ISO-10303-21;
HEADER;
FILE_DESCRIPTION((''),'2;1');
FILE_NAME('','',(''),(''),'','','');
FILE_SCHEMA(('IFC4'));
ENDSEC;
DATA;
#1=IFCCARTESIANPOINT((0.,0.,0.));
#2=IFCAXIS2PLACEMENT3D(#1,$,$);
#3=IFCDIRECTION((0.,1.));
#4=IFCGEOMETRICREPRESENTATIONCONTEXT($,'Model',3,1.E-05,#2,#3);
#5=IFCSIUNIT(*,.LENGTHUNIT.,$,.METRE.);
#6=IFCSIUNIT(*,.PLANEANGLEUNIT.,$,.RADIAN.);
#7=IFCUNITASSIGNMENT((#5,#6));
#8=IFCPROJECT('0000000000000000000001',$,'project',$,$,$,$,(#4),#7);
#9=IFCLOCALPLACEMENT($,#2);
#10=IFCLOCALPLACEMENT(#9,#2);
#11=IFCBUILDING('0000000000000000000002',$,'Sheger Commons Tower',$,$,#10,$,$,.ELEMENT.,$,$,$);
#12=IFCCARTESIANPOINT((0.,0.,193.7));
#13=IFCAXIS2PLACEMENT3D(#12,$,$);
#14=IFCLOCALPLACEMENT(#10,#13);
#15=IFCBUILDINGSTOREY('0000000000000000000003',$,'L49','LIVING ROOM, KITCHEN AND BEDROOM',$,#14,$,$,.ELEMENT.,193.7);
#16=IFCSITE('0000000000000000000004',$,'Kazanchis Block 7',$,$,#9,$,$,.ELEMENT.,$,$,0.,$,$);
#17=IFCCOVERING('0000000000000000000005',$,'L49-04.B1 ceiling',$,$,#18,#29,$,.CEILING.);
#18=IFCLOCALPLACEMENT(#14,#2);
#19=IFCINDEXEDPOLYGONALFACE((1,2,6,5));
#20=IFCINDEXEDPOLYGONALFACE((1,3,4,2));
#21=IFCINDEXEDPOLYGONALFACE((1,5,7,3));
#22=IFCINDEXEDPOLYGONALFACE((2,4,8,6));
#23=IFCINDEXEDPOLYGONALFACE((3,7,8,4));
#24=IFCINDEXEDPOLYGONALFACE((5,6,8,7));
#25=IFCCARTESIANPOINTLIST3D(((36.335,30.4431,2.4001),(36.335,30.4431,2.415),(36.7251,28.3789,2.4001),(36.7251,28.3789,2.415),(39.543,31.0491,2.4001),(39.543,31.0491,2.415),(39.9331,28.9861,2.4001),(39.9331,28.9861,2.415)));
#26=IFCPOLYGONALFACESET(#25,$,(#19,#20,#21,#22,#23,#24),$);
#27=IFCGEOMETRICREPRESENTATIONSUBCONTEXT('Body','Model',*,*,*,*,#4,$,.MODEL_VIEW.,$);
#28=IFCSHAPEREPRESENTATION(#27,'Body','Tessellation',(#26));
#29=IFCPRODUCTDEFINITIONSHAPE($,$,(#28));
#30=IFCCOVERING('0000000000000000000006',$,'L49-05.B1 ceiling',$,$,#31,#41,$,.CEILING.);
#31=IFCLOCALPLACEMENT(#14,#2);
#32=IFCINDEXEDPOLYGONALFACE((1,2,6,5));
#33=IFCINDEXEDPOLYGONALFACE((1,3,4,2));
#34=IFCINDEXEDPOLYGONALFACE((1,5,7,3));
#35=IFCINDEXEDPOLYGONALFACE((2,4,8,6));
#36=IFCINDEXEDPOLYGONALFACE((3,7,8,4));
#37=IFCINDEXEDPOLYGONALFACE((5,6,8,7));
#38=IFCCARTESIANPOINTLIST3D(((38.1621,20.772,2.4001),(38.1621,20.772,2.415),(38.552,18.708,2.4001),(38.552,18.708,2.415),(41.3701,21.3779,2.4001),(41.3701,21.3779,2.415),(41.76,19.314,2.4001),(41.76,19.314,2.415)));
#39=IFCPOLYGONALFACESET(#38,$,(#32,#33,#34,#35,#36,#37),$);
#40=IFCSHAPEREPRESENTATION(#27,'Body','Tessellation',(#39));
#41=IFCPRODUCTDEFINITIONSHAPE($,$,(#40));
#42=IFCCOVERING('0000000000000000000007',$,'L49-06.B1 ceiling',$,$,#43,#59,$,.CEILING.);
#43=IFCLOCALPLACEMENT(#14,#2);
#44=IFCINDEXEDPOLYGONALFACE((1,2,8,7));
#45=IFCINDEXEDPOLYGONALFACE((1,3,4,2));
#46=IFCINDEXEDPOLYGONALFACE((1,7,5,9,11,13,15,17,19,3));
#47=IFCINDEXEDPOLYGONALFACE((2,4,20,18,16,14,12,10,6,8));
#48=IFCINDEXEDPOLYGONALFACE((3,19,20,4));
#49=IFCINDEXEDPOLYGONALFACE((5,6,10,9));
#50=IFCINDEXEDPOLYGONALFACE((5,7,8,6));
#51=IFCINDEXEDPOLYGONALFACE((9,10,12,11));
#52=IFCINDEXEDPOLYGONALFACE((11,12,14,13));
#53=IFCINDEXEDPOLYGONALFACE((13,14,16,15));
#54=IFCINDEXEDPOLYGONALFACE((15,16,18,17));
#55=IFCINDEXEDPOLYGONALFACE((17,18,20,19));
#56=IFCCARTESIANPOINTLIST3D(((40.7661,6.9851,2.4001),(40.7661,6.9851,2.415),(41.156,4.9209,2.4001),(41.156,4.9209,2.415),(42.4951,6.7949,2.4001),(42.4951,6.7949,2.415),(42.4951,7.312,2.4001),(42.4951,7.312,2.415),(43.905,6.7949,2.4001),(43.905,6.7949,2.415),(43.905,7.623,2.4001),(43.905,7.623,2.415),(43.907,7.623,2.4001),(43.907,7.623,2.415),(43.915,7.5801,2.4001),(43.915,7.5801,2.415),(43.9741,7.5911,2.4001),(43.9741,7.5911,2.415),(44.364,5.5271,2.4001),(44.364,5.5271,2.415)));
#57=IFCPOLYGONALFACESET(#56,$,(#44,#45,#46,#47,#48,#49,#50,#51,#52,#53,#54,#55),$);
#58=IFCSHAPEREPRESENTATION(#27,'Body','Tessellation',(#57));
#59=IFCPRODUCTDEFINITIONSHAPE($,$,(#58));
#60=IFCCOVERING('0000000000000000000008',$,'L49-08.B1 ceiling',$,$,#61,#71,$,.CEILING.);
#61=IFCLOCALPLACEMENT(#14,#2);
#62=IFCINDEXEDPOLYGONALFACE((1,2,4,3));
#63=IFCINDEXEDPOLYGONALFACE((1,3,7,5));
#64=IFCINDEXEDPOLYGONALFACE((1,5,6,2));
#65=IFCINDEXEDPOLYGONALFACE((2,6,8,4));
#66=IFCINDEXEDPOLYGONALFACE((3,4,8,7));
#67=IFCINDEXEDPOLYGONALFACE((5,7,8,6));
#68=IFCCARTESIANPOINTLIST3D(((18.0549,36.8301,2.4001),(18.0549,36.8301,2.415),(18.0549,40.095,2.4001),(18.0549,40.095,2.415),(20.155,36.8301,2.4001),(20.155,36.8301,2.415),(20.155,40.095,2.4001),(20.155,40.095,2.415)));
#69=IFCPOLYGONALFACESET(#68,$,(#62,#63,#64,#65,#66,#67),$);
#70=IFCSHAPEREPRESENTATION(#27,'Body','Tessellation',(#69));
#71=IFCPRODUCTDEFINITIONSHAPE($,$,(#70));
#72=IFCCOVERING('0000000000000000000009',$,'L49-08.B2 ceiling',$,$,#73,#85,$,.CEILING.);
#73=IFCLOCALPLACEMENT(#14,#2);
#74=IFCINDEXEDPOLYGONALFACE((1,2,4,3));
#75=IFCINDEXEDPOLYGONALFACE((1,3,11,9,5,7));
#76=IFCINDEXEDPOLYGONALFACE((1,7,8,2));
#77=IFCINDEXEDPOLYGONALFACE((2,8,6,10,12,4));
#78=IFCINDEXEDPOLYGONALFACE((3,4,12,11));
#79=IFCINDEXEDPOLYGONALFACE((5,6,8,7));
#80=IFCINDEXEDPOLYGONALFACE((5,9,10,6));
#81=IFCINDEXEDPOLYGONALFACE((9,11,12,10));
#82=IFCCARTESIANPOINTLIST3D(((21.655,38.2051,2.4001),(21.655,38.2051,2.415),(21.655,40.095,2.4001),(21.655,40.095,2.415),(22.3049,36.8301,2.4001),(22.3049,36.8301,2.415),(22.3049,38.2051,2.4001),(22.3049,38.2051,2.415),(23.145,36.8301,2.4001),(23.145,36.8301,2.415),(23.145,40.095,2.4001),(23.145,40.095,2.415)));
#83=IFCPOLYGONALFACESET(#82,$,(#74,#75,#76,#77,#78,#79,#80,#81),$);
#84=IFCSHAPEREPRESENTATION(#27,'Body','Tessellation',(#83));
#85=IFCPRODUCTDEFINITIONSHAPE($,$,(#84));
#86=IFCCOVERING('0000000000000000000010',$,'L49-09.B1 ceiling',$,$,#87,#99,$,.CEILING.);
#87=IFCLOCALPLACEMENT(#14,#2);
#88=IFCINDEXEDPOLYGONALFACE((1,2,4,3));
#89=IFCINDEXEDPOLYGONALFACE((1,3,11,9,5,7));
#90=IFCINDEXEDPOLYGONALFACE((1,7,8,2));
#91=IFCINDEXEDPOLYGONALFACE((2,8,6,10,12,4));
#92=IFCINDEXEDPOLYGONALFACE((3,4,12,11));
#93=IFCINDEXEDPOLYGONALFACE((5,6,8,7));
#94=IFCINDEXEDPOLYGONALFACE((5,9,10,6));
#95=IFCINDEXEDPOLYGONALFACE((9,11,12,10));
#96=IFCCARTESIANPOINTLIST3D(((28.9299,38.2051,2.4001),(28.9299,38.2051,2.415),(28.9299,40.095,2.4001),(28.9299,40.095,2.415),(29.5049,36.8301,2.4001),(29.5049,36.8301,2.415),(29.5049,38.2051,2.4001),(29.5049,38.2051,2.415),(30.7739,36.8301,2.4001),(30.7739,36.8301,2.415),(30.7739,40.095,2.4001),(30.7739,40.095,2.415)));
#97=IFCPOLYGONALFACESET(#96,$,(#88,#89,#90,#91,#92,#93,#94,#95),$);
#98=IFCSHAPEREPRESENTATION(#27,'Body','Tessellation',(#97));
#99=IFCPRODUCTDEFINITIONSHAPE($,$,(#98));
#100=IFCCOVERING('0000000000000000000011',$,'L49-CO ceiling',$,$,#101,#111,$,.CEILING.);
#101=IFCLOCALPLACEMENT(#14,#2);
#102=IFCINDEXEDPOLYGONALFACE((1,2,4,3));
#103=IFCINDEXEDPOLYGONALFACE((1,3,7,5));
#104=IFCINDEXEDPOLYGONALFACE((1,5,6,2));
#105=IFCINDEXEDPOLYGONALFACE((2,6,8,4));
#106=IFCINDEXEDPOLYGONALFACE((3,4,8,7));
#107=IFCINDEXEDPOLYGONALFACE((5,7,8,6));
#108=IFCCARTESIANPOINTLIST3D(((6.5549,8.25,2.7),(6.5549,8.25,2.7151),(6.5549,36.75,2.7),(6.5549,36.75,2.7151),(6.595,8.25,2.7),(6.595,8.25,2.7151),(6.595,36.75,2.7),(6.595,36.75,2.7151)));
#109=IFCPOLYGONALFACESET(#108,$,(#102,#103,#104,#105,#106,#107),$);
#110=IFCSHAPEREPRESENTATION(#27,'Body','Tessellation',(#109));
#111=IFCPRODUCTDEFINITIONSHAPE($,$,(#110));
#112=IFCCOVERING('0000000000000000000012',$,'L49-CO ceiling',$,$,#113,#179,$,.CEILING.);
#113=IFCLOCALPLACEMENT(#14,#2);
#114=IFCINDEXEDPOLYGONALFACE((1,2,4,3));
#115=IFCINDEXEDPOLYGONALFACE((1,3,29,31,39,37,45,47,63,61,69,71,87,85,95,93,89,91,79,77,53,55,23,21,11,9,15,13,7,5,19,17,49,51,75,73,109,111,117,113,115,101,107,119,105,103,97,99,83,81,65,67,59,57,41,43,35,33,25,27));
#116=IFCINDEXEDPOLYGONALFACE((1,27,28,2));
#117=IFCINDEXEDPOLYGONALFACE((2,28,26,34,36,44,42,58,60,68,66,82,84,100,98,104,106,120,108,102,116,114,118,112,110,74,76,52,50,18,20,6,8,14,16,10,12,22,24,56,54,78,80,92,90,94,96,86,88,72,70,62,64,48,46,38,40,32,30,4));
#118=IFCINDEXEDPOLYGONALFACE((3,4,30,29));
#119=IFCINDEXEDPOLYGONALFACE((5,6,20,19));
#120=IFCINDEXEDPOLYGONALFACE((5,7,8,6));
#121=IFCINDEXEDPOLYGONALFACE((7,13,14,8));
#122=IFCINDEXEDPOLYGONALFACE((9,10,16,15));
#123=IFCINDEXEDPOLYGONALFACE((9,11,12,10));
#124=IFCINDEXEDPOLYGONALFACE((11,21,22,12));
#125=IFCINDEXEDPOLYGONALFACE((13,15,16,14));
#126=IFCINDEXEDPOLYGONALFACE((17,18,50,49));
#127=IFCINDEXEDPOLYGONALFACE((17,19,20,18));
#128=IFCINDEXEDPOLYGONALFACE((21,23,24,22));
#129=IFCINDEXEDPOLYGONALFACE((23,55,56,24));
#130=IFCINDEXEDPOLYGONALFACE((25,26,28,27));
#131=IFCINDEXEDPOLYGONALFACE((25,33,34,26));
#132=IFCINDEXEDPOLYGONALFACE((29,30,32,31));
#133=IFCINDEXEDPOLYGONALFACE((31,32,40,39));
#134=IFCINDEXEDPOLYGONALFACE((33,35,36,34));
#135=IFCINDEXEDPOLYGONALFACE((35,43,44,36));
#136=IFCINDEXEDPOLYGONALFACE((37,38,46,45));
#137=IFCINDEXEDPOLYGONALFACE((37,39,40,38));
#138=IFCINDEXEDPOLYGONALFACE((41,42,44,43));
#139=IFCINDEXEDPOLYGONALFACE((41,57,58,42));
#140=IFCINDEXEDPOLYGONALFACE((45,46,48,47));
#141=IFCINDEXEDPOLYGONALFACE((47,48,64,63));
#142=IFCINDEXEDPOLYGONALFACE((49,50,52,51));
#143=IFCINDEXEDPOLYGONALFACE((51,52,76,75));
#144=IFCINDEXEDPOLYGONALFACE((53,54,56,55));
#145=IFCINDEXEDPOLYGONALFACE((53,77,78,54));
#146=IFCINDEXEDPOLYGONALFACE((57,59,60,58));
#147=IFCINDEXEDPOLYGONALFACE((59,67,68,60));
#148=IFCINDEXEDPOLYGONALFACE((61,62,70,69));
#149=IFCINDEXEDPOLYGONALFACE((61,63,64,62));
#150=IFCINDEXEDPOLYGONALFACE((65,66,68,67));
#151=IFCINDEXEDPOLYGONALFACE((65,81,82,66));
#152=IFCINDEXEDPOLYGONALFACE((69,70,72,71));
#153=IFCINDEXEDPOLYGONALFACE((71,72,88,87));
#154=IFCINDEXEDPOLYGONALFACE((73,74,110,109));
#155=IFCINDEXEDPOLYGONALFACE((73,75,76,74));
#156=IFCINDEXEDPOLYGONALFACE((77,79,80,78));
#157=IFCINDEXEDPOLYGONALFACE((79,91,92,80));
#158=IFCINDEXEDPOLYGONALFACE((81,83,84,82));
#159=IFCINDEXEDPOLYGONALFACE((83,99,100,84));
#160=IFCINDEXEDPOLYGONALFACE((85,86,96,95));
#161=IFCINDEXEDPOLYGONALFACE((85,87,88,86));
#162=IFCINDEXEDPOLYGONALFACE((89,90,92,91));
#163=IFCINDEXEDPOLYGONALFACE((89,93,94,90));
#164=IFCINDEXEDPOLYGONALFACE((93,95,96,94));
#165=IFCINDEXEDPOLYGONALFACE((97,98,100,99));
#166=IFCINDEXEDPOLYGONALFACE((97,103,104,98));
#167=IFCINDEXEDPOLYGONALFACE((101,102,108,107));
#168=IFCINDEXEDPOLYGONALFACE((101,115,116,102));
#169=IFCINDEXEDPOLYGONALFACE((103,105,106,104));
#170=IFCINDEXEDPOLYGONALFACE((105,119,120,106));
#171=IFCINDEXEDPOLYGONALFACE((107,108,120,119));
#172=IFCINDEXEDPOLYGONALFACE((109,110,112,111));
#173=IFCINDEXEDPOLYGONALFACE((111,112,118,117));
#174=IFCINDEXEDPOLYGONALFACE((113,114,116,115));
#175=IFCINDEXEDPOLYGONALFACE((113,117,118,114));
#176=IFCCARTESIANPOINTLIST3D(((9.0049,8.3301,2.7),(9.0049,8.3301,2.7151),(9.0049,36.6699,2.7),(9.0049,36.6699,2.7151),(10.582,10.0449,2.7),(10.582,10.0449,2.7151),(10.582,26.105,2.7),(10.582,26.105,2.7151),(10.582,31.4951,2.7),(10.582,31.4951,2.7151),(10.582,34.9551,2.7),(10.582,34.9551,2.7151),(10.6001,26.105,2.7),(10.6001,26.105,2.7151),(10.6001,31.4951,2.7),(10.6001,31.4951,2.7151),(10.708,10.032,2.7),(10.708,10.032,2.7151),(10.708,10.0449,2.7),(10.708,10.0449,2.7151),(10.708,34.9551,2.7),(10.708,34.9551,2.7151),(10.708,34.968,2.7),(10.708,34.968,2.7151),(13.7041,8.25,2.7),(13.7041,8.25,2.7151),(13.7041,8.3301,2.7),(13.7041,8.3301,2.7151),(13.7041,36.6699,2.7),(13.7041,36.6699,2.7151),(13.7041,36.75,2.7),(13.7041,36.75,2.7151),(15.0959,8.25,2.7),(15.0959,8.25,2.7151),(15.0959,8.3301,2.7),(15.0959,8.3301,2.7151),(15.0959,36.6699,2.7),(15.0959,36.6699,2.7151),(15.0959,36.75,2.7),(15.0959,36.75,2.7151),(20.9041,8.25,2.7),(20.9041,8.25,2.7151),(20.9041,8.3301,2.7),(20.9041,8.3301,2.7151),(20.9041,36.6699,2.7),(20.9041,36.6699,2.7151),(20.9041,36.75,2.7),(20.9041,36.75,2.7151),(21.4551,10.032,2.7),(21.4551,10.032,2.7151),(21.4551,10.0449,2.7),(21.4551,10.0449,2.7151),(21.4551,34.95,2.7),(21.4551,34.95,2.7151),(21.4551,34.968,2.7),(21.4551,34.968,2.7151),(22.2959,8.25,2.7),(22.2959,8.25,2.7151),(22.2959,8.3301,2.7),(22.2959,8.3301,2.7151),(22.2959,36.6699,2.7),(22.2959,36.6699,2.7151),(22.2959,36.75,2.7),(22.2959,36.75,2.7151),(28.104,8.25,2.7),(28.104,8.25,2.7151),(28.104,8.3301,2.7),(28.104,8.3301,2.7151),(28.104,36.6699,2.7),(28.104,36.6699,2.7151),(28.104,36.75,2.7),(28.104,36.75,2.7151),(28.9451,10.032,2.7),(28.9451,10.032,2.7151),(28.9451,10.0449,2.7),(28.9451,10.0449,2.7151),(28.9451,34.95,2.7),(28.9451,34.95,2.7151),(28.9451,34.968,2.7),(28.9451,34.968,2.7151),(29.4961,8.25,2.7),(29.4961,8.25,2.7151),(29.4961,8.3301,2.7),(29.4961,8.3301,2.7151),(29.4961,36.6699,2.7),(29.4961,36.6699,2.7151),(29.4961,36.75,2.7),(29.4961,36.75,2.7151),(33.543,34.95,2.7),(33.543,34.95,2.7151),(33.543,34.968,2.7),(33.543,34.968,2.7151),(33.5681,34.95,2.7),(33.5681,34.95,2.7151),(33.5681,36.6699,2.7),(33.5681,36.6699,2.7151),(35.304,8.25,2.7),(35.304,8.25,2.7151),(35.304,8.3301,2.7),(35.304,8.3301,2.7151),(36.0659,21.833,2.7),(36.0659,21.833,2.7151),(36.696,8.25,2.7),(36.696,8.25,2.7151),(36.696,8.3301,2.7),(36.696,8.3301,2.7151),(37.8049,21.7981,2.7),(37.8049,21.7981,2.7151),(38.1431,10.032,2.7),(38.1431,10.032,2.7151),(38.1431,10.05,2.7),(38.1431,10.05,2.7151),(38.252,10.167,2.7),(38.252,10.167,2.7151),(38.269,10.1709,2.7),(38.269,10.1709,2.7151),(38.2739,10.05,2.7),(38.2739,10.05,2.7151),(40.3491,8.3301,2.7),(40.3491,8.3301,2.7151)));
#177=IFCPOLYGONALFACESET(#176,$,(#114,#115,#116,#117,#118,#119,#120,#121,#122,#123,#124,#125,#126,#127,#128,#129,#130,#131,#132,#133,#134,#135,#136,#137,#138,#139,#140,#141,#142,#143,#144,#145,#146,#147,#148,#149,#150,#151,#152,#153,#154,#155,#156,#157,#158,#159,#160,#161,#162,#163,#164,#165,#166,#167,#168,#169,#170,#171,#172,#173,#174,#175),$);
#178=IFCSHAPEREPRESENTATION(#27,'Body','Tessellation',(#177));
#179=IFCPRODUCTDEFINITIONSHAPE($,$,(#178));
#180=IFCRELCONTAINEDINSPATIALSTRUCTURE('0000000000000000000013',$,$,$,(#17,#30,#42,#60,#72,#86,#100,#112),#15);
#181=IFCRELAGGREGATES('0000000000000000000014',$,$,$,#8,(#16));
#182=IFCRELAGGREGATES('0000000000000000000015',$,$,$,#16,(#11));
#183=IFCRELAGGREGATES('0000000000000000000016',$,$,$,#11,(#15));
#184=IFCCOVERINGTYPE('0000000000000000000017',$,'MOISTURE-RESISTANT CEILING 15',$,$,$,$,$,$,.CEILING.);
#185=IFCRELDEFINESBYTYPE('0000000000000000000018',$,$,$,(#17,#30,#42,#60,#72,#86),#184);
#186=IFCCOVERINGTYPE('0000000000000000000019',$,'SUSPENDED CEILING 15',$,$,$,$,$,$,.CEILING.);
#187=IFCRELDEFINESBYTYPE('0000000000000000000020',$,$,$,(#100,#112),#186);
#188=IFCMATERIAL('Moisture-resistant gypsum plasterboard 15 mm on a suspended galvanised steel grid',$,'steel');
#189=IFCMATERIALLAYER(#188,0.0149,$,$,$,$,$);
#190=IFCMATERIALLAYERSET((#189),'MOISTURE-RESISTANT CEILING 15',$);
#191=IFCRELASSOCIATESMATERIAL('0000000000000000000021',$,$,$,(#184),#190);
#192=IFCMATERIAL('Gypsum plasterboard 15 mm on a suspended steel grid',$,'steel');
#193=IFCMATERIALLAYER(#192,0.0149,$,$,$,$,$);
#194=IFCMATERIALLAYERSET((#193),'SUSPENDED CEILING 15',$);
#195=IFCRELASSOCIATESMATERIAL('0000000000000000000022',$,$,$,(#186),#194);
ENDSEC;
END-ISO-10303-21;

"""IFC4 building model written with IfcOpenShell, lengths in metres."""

from ifc_helpers import new_model, si_unit, direction, frame, origin, place, context, subcontext, project, spatial, polyline, outline, extrude, material, layer, layer_set, type_object, element, save


model = new_model("IFC4")

# Units and contexts
model_context = context("Model", 3, precision=1e-05, world=origin(), true_north=direction((0.0, 1.0)))
body_context = subcontext(model_context, "Body", "Model", "MODEL_VIEW")
ifc_project = project(units=[si_unit("LENGTHUNIT", "METRE"), si_unit("PLANEANGLEUNIT", "RADIAN")], contexts=[model_context])

# Site, building, storey
site_placement = place(None, origin())
site = spatial("IfcSite", under=ifc_project, at=site_placement, Name="Kazanchis Block 7", CompositionType="ELEMENT", RefElevation=0.0)
building_placement = place(site_placement, origin())
building = spatial("IfcBuilding", under=site, at=building_placement, Name="Sheger Commons Tower", CompositionType="ELEMENT")
storey_placement = place(building_placement, frame((0.0, 0.0, 193.7)))
storey = spatial("IfcBuildingStorey", under=building, at=storey_placement, Name="L49", Description="LIVING ROOM, KITCHEN AND BEDROOM", CompositionType="ELEMENT", Elevation=193.7)

# Coverings
ifc_material_1 = material(Name="Moisture-resistant gypsum plasterboard 15 mm on a suspended galvanised steel grid", Category="steel")
ifc_layer_1 = layer(ifc_material_1, 0.0149)
ifc_layer_set_1 = layer_set([ifc_layer_1], Name="MOISTURE-RESISTANT CEILING 15")
covering_type_1 = type_object("IfcCoveringType", Name="MOISTURE-RESISTANT CEILING 15", PredefinedType="CEILING", material=ifc_layer_set_1)
covering_1_placement = place(storey_placement, frame((0.0, 0.0, 2.4001)))
element("IfcCovering", 1, at=covering_1_placement, inside=storey, type_object=covering_type_1, Name="L49-04.B1 ceiling", PredefinedType="CEILING", context=body_context, shape_type="SweptSolid", body=[
    extrude(outline(polyline([(36.7251, 28.3789), (39.9331, 28.9861), (39.543, 31.0491), (36.335, 30.4431), (36.7251, 28.3789)])), origin(), (0.0, 0.0, 1.0), 0.0149),
])
covering_2_placement = place(storey_placement, frame((0.0, 0.0, 2.4001)))
element("IfcCovering", 2, at=covering_2_placement, inside=storey, type_object=covering_type_1, Name="L49-05.B1 ceiling", PredefinedType="CEILING", context=body_context, shape_type="SweptSolid", body=[
    extrude(outline(polyline([(38.552, 18.708), (41.76, 19.314), (41.3701, 21.3779), (38.1621, 20.772), (38.552, 18.708)])), origin(), (0.0, 0.0, 1.0), 0.0149),
])
covering_3_placement = place(storey_placement, frame((0.0, 0.0, 2.4001)))
element("IfcCovering", 3, at=covering_3_placement, inside=storey, type_object=covering_type_1, Name="L49-06.B1 ceiling", PredefinedType="CEILING", context=body_context, shape_type="SweptSolid", body=[
    extrude(outline(polyline([(41.156, 4.9209), (44.364, 5.5271), (43.9741, 7.5911), (43.915, 7.5801), (43.907, 7.623), (43.905, 7.623), (43.905, 6.7949), (42.4951, 6.7949), (42.4951, 7.312), (40.7661, 6.9851), (41.156, 4.9209)])), origin(), (0.0, 0.0, 1.0), 0.0149),
])
covering_4_placement = place(storey_placement, frame((0.0, 0.0, 2.4001)))
element("IfcCovering", 4, at=covering_4_placement, inside=storey, type_object=covering_type_1, Name="L49-08.B1 ceiling", PredefinedType="CEILING", context=body_context, shape_type="SweptSolid", body=[
    extrude(outline(polyline([(18.0549, 36.8301), (20.155, 36.8301), (20.155, 40.095), (18.0549, 40.095), (18.0549, 36.8301)])), origin(), (0.0, 0.0, 1.0), 0.0149),
])
covering_5_placement = place(storey_placement, frame((0.0, 0.0, 2.4001)))
element("IfcCovering", 5, at=covering_5_placement, inside=storey, type_object=covering_type_1, Name="L49-08.B2 ceiling", PredefinedType="CEILING", context=body_context, shape_type="SweptSolid", body=[
    extrude(outline(polyline([(22.3049, 36.8301), (23.145, 36.8301), (23.145, 40.095), (21.655, 40.095), (21.655, 38.2051), (22.3049, 38.2051), (22.3049, 36.8301)])), origin(), (0.0, 0.0, 1.0), 0.0149),
])
covering_6_placement = place(storey_placement, frame((0.0, 0.0, 2.4001)))
element("IfcCovering", 6, at=covering_6_placement, inside=storey, type_object=covering_type_1, Name="L49-09.B1 ceiling", PredefinedType="CEILING", context=body_context, shape_type="SweptSolid", body=[
    extrude(outline(polyline([(29.5049, 36.8301), (30.7739, 36.8301), (30.7739, 40.095), (28.9299, 40.095), (28.9299, 38.2051), (29.5049, 38.2051), (29.5049, 36.8301)])), origin(), (0.0, 0.0, 1.0), 0.0149),
])
ifc_material_2 = material(Name="Gypsum plasterboard 15 mm on a suspended steel grid", Category="steel")
ifc_layer_2 = layer(ifc_material_2, 0.0149)
ifc_layer_set_2 = layer_set([ifc_layer_2], Name="SUSPENDED CEILING 15")
covering_type_2 = type_object("IfcCoveringType", Name="SUSPENDED CEILING 15", PredefinedType="CEILING", material=ifc_layer_set_2)
covering_7_placement = place(storey_placement, frame((0.0, 0.0, 2.7)))
element("IfcCovering", 7, at=covering_7_placement, inside=storey, type_object=covering_type_2, Name="L49-CO ceiling", PredefinedType="CEILING", context=body_context, shape_type="SweptSolid", body=[
    extrude(outline(polyline([(6.5549, 8.25), (6.595, 8.25), (6.595, 36.75), (6.5549, 36.75), (6.5549, 8.25)])), origin(), (0.0, 0.0, 1.0), 0.0151),
])
covering_8_placement = place(storey_placement, frame((0.0, 0.0, 2.7)))
element("IfcCovering", 8, at=covering_8_placement, inside=storey, type_object=covering_type_2, Name="L49-CO ceiling", PredefinedType="CEILING", context=body_context, shape_type="SweptSolid", body=[
    extrude(outline(polyline([(13.7041, 8.25), (15.0959, 8.25), (15.0959, 8.3301), (20.9041, 8.3301), (20.9041, 8.25), (22.2959, 8.25), (22.2959, 8.3301), (28.104, 8.3301), (28.104, 8.25), (29.4961, 8.25), (29.4961, 8.3301), (35.304, 8.3301), (35.304, 8.25), (36.696, 8.25), (36.696, 8.3301), (40.3491, 8.3301), (37.8049, 21.7981), (36.0659, 21.833), (38.269, 10.1709), (38.252, 10.167), (38.2739, 10.05), (38.1431, 10.05), (38.1431, 10.032), (28.9451, 10.032), (28.9451, 10.0449), (21.4551, 10.0449), (21.4551, 10.032), (10.708, 10.032), (10.708, 10.0449), (10.582, 10.0449), (10.582, 26.105), (10.6001, 26.105), (10.6001, 31.4951), (10.582, 31.4951), (10.582, 34.9551), (10.708, 34.9551), (10.708, 34.968), (21.4551, 34.968), (21.4551, 34.95), (28.9451, 34.95), (28.9451, 34.968), (33.543, 34.968), (33.543, 34.95), (33.5681, 34.95), (33.5681, 36.6699), (29.4961, 36.6699), (29.4961, 36.75), (28.104, 36.75), (28.104, 36.6699), (22.2959, 36.6699), (22.2959, 36.75), (20.9041, 36.75), (20.9041, 36.6699), (15.0959, 36.6699), (15.0959, 36.75), (13.7041, 36.75), (13.7041, 36.6699), (9.0049, 36.6699), (9.0049, 8.3301), (13.7041, 8.3301), (13.7041, 8.25)])), origin(), (0.0, 0.0, 1.0), 0.0151),
])

save(model, "model.ifc")
